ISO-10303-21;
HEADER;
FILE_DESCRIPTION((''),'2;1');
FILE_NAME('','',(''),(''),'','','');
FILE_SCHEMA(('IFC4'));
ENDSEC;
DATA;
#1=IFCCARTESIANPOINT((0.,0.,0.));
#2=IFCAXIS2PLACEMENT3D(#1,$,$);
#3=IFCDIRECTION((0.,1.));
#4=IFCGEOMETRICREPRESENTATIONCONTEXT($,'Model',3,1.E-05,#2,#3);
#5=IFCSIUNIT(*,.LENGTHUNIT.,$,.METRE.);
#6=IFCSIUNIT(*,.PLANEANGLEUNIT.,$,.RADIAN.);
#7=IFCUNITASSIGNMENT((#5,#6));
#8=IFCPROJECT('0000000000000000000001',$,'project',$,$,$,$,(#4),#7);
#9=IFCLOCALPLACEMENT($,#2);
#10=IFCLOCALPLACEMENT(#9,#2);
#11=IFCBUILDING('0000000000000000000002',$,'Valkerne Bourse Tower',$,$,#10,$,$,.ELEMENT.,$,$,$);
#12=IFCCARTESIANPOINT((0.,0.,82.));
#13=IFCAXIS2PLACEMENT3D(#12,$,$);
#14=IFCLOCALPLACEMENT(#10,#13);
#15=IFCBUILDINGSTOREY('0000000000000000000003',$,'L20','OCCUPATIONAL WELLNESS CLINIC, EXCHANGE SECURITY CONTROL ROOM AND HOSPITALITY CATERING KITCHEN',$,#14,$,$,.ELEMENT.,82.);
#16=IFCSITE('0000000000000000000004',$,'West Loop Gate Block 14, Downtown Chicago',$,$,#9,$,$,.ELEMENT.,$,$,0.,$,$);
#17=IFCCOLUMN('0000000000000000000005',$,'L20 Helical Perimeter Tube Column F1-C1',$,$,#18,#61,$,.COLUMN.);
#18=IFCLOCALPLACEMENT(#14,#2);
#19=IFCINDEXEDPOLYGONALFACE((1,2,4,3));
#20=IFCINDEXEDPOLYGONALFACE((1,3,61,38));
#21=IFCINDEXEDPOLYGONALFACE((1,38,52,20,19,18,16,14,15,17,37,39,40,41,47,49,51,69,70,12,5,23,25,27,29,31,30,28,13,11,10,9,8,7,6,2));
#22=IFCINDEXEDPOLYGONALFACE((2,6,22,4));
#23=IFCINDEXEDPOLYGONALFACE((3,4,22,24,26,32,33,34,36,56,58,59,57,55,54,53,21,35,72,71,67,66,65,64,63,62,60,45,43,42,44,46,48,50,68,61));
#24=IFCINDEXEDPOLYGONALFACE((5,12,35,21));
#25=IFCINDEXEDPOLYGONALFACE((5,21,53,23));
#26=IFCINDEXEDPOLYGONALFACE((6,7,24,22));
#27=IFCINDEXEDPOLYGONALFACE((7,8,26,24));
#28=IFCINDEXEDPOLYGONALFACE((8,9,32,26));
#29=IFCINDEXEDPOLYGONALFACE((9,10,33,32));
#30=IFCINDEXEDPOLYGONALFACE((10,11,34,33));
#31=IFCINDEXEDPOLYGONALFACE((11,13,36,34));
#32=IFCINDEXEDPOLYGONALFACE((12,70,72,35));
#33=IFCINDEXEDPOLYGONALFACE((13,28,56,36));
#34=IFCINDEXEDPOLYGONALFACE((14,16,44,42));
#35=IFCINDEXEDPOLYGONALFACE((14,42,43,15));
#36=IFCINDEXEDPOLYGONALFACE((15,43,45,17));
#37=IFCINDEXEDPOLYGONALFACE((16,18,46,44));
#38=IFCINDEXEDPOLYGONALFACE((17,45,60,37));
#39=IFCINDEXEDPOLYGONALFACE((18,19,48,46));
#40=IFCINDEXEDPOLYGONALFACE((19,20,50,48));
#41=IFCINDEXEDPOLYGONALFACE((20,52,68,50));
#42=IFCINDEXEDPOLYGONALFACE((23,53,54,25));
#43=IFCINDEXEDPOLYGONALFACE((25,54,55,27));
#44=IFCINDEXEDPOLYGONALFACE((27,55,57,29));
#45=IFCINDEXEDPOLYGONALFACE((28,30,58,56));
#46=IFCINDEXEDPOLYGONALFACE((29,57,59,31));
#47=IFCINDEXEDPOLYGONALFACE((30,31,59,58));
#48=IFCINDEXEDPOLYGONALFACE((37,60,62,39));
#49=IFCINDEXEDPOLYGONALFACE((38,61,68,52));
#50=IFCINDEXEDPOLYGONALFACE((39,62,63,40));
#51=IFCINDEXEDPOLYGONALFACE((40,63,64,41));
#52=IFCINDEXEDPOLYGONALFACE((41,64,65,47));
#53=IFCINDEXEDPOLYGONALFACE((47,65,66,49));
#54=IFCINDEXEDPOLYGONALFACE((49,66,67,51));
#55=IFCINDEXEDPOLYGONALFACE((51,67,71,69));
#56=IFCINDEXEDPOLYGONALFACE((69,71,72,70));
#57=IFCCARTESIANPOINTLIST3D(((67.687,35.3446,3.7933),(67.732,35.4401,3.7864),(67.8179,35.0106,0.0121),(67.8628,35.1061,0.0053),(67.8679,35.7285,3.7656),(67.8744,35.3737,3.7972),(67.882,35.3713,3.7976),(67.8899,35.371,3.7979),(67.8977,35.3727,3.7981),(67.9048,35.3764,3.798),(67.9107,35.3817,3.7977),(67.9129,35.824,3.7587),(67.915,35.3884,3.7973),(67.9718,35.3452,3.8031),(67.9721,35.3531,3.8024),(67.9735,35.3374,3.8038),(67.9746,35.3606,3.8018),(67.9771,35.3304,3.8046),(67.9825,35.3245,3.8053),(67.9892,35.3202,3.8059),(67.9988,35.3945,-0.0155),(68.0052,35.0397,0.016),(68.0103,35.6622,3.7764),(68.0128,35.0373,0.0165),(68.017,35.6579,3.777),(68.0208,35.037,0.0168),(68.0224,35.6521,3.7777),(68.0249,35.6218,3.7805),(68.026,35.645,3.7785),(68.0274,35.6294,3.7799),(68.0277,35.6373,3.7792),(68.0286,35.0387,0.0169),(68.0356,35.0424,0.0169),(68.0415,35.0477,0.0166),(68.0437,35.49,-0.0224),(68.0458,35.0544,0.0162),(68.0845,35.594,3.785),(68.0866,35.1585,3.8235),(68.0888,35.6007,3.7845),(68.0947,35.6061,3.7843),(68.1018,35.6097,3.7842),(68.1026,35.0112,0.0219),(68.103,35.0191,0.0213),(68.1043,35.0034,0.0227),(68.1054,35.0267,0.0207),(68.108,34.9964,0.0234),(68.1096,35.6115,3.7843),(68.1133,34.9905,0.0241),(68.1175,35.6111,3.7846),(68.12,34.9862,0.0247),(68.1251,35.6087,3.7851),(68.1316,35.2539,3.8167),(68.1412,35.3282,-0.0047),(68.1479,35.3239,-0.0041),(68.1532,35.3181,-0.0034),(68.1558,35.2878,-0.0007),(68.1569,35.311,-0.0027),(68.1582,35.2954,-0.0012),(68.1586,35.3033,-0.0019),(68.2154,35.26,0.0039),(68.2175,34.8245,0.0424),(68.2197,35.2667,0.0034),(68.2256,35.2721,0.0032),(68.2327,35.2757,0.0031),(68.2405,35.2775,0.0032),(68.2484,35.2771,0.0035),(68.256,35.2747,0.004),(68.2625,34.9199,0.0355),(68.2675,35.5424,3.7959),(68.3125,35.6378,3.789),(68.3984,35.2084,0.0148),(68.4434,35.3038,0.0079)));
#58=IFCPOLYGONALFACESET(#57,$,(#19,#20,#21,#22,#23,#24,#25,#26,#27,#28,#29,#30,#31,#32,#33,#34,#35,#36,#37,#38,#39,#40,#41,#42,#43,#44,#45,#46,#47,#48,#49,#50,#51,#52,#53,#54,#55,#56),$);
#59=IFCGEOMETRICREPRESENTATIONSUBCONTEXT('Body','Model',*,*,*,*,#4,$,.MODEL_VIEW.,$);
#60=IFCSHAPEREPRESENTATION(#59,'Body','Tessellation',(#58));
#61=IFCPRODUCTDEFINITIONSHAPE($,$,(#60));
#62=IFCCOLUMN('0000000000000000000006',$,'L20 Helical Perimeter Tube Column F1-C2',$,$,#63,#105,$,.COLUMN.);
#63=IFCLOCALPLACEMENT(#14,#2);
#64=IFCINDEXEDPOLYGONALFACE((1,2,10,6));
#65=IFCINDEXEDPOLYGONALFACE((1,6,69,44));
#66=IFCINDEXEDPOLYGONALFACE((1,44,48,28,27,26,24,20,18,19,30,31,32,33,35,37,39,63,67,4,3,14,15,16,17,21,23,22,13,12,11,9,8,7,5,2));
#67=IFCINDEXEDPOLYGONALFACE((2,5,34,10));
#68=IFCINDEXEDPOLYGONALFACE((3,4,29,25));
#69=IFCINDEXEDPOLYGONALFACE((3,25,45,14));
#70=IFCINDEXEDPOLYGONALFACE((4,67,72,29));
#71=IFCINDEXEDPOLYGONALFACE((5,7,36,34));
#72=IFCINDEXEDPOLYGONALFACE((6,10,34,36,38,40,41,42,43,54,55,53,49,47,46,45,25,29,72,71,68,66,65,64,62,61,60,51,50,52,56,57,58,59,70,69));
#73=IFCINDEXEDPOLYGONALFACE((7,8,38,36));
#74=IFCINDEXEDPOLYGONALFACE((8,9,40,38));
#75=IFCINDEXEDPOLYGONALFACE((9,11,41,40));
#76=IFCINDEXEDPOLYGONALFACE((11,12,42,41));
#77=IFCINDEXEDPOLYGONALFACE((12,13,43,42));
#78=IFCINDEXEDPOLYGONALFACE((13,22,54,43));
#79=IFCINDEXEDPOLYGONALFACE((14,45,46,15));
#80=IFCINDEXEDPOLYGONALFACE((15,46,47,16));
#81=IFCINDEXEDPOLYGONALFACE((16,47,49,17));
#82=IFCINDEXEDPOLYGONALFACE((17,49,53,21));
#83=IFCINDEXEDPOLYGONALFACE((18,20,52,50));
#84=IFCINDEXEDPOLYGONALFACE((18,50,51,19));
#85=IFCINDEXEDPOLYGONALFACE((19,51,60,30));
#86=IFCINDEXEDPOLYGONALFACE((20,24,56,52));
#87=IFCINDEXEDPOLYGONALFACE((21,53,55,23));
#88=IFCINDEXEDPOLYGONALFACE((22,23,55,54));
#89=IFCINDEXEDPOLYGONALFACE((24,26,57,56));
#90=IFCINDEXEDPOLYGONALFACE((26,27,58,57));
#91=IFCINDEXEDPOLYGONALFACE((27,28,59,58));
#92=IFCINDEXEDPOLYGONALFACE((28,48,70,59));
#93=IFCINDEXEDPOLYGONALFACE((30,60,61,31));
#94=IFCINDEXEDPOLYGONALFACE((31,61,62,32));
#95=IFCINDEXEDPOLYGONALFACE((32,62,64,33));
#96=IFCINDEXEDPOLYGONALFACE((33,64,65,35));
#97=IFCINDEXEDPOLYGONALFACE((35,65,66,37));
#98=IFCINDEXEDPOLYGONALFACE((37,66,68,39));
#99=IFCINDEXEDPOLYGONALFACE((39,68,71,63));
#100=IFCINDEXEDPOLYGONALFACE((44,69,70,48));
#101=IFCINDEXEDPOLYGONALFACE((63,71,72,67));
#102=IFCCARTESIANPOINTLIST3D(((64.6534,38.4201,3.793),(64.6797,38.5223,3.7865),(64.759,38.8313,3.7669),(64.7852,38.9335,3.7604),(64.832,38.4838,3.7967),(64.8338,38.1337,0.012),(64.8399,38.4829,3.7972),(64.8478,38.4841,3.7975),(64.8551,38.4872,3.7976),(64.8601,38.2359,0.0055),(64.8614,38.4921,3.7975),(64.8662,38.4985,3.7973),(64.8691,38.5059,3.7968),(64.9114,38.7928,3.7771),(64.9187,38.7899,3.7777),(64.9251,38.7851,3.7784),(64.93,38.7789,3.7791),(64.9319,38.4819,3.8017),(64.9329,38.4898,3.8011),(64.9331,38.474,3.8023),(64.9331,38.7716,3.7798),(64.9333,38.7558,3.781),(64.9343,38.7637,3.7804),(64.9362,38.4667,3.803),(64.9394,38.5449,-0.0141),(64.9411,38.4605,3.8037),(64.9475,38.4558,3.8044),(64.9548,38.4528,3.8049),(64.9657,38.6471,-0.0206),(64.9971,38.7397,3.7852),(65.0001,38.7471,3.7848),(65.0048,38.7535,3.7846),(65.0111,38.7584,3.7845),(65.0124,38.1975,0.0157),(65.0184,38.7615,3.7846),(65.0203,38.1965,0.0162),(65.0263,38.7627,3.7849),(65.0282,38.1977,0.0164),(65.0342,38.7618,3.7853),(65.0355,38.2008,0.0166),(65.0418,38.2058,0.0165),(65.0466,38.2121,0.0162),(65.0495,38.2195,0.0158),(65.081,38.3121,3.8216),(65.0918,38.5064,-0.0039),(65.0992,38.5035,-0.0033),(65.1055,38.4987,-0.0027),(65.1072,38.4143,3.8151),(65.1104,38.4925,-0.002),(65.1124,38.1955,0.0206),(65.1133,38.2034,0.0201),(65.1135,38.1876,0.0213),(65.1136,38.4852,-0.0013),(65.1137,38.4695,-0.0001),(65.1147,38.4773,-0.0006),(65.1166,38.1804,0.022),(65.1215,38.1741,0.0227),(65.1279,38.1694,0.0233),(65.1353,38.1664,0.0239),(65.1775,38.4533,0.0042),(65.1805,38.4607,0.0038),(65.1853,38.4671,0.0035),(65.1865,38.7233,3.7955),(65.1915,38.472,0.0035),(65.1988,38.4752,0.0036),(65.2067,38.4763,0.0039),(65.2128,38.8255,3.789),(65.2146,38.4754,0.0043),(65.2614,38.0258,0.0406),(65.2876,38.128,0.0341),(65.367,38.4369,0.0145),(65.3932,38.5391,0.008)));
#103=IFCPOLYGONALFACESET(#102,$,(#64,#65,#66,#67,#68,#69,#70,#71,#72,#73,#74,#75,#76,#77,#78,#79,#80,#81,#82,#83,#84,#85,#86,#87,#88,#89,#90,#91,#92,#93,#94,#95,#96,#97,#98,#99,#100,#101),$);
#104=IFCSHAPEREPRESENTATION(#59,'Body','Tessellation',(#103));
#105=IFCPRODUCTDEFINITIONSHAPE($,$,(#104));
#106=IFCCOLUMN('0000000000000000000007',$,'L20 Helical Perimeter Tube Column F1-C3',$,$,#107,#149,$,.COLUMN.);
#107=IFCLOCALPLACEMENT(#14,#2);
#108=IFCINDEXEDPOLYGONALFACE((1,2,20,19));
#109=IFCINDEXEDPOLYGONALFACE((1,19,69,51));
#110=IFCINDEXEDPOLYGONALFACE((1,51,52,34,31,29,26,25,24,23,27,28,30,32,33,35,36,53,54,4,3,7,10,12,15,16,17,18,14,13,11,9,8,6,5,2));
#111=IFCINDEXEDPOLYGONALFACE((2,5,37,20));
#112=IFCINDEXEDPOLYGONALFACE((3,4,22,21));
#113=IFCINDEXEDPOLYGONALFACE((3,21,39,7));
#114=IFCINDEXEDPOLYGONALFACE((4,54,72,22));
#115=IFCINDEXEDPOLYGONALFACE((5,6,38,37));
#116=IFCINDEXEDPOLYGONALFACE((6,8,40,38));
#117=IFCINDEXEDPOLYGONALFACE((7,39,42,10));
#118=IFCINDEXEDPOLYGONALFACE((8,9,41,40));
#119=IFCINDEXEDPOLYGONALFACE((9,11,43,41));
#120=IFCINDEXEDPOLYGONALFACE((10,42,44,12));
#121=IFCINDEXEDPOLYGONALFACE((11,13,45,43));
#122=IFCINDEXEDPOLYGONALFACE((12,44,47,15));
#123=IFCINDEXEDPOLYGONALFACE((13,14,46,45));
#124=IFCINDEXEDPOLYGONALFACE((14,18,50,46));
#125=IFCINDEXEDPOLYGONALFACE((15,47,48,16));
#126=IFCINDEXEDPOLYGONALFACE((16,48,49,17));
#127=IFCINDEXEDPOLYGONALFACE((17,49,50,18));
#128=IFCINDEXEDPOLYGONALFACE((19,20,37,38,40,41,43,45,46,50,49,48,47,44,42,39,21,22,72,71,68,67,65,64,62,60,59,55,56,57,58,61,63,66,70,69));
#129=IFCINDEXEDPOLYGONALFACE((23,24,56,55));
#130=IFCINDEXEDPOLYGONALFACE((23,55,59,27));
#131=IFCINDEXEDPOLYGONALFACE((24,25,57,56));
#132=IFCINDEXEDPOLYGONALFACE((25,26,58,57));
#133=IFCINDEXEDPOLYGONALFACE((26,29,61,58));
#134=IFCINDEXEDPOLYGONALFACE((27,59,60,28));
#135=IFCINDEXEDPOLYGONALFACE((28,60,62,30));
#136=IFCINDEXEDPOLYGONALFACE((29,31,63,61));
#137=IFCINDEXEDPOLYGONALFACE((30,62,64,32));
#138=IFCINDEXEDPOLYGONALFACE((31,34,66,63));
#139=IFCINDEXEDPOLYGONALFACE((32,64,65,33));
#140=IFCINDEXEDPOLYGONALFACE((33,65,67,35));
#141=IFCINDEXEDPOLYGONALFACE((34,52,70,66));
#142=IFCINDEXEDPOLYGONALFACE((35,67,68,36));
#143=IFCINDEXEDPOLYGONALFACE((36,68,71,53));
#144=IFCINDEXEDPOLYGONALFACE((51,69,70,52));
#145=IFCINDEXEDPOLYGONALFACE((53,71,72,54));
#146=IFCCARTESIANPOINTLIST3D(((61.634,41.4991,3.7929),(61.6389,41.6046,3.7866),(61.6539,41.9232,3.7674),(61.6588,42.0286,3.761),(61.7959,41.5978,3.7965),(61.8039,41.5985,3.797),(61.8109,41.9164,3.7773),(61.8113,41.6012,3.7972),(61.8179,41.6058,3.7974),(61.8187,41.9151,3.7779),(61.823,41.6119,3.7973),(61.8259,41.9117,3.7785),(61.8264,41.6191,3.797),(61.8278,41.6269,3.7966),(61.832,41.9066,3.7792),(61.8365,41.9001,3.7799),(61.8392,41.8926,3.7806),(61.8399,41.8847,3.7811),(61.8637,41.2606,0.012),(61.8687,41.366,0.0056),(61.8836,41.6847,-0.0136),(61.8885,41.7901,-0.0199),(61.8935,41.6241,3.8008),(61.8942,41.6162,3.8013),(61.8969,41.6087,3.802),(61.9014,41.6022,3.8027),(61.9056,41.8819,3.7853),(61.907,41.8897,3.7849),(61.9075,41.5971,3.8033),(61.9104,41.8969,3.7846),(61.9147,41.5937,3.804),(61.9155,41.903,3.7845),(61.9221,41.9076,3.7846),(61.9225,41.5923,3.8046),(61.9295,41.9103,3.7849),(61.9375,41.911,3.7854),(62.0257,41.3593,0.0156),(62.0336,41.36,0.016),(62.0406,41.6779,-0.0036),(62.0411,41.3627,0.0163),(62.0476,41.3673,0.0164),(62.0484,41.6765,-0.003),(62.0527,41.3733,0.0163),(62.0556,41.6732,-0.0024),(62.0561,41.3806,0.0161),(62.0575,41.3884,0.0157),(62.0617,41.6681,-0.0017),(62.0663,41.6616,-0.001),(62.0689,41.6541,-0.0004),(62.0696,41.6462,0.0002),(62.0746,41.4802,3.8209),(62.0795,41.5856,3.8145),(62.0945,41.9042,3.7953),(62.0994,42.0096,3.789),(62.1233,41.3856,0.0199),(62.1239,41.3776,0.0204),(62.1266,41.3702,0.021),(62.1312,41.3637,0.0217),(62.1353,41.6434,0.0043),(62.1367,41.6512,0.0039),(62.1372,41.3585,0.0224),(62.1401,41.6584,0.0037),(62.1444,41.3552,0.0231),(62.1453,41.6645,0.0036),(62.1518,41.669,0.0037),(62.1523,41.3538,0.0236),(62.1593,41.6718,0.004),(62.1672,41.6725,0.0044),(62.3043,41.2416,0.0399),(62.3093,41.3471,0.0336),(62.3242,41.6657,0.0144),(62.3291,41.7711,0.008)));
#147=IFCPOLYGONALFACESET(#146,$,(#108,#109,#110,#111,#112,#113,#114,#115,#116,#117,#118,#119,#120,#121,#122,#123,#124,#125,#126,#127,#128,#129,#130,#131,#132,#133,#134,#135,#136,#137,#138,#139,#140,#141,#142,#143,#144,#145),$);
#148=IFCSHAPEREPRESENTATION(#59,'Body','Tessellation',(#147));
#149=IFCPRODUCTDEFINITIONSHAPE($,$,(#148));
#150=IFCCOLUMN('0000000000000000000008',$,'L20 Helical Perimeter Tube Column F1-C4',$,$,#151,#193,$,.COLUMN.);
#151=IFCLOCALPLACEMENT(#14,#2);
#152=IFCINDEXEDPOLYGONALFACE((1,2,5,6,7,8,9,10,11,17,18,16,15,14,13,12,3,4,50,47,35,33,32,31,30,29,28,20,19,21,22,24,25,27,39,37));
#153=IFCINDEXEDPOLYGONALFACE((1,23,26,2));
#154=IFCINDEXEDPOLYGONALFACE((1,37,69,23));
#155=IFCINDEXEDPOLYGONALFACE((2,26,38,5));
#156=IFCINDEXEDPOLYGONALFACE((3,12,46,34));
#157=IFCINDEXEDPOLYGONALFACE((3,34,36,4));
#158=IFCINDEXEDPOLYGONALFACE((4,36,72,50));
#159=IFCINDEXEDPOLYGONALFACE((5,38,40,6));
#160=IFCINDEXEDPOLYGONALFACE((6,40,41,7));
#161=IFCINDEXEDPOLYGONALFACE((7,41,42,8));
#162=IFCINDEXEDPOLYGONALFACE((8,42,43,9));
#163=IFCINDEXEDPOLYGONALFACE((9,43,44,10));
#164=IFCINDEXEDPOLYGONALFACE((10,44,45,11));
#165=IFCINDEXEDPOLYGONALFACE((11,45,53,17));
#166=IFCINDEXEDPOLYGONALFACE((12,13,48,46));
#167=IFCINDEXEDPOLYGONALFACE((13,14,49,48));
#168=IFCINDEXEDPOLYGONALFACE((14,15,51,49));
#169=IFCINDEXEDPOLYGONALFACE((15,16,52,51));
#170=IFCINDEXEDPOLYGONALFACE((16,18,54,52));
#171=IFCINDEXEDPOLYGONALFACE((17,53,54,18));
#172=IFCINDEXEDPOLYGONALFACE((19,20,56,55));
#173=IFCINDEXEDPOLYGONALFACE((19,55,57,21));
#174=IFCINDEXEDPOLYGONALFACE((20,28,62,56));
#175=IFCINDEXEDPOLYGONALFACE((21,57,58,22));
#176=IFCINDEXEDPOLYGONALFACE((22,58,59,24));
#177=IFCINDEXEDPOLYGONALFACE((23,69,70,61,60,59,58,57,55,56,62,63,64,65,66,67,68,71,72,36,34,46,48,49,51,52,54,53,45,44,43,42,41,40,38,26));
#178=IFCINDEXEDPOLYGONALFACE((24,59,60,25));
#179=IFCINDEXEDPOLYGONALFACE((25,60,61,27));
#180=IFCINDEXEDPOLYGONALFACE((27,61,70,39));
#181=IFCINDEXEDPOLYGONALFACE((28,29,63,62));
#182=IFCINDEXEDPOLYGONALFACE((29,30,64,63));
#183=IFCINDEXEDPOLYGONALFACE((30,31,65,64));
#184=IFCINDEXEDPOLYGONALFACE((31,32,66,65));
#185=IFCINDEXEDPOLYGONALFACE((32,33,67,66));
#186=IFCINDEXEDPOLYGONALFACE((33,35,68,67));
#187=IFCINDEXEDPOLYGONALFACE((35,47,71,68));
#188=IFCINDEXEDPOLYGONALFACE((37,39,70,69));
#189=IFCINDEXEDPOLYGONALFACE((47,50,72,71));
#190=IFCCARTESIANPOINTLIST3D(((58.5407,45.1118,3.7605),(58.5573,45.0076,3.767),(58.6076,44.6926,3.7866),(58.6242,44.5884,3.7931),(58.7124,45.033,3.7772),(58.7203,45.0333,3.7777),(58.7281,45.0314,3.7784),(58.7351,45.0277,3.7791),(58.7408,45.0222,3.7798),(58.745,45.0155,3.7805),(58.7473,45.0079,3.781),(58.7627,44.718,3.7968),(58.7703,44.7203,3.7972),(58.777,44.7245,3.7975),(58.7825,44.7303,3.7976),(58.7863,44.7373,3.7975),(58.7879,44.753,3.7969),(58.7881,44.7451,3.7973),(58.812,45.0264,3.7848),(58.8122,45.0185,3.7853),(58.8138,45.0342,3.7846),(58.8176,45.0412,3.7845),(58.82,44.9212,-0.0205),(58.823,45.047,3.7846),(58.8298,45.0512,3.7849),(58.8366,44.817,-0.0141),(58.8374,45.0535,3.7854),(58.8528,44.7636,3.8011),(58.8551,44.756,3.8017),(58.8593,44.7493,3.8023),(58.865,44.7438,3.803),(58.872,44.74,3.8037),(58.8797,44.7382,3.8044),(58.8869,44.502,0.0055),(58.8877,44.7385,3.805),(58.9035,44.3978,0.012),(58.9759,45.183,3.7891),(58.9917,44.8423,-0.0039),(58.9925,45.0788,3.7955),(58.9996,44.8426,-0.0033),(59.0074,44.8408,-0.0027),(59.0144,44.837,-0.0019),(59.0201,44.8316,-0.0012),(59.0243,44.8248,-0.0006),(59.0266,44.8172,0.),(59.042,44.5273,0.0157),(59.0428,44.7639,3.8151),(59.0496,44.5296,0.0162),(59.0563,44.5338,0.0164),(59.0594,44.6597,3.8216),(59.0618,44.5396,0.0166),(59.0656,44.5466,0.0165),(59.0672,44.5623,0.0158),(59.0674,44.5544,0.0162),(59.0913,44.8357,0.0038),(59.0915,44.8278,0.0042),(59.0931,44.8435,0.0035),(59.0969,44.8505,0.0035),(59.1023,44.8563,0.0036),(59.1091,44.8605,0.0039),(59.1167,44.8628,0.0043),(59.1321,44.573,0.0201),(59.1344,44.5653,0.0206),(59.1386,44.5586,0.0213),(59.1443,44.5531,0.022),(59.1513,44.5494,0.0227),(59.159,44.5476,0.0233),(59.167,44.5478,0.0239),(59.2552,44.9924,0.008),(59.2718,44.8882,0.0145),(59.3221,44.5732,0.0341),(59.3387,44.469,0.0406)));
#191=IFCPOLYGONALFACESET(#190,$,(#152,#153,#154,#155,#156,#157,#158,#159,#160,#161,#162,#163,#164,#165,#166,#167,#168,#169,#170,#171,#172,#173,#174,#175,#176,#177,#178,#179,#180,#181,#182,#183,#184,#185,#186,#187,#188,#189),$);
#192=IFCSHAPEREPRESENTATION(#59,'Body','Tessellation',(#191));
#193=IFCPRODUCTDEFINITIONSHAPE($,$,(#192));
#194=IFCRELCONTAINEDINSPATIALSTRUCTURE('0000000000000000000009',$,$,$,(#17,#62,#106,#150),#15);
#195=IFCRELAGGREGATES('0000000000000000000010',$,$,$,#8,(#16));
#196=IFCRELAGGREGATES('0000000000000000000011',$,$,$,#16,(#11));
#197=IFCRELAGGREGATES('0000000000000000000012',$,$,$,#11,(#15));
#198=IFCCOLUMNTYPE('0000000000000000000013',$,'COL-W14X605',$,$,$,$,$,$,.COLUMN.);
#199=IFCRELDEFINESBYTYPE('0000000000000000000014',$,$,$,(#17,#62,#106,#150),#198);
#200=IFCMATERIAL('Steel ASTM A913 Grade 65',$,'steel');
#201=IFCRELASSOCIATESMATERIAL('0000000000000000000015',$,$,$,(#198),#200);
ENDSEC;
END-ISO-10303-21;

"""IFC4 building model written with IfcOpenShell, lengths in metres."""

from ifc_helpers import new_model, si_unit, direction, frame, origin, origin_2d, place, context, subcontext, project, spatial, i_section, extrude, material, material_profile, profile_set, type_object, element, save


model = new_model("IFC4")

# Units and contexts
model_context = context("Model", 3, precision=1e-05, world=origin(), true_north=direction((0.0, 1.0)))
body_context = subcontext(model_context, "Body", "Model", "MODEL_VIEW")
ifc_project = project(units=[si_unit("LENGTHUNIT", "METRE"), si_unit("PLANEANGLEUNIT", "RADIAN")], contexts=[model_context])

# Site, building, storey
site_placement = place(None, origin())
site = spatial("IfcSite", under=ifc_project, at=site_placement, Name="West Loop Gate Block 14, Downtown Chicago", CompositionType="ELEMENT", RefElevation=0.0)
building_placement = place(site_placement, origin())
building = spatial("IfcBuilding", under=site, at=building_placement, Name="Valkerne Bourse Tower", CompositionType="ELEMENT")
storey_placement = place(building_placement, frame((0.0, 0.0, 82.0)))
storey = spatial("IfcBuildingStorey", under=building, at=storey_placement, Name="L20", Description="OCCUPATIONAL WELLNESS CLINIC, EXCHANGE SECURITY CONTROL ROOM AND HOSPITALITY CATERING KITCHEN", CompositionType="ELEMENT", Elevation=82.0)

# Columns
ifc_material_1 = material(Name="Steel ASTM A913 Grade 65", Category="steel")
ifc_material_profile_1 = material_profile(ifc_material_1, i_section(OverallWidth=0.4419, OverallDepth=0.531, WebThickness=0.0659, FlangeThickness=0.1057, FilletRadius=0.0305, at=origin_2d()), Name="W14X605")
ifc_profile_set_1 = profile_set([ifc_material_profile_1], Name="Steel ASTM A913 Grade 65")
column_type = type_object("IfcColumnType", Name="COL-W14X605", PredefinedType="COLUMN", material=ifc_profile_set_1)
column_1_placement = place(storey_placement, frame((68.1306, 35.1572, 0.01), z_axis=(-0.034455, 0.087937, 0.99553), x_axis=(0.904355, -0.421245, 0.068509)))
element("IfcColumn", 1, at=column_1_placement, inside=storey, type_object=column_type, Name="L20 Helical Perimeter Tube Column F1-C1", PredefinedType="COLUMN", context=body_context, shape_type="SweptSolid", body=[
    extrude(i_section(OverallWidth=0.4419, OverallDepth=0.531, WebThickness=0.0659, FlangeThickness=0.1057, FilletRadius=0.0305, at=origin_2d()), origin(), (0.0, 0.0, 1.0), 3.7981),
])
column_2_placement = place(storey_placement, frame((65.1135, 38.3364, 0.01), z_axis=(-0.047527, 0.075439, 0.996017), x_axis=(0.967524, -0.244364, 0.064676)))
element("IfcColumn", 2, at=column_2_placement, inside=storey, type_object=column_type, Name="L20 Helical Perimeter Tube Column F1-C2", PredefinedType="COLUMN", context=body_context, shape_type="SweptSolid", body=[
    extrude(i_section(OverallWidth=0.4419, OverallDepth=0.531, WebThickness=0.0659, FlangeThickness=0.1057, FilletRadius=0.0305, at=origin_2d()), origin(), (0.0, 0.0, 1.0), 3.7961),
])
column_3_placement = place(storey_placement, frame((62.0964, 41.5159, 0.01), z_axis=(-0.060529, 0.062845, 0.996186), x_axis=(0.997071, -0.04294, 0.063292)))
element("IfcColumn", 3, at=column_3_placement, inside=storey, type_object=column_type, Name="L20 Helical Perimeter Tube Column F1-C3", PredefinedType="COLUMN", context=body_context, shape_type="SweptSolid", body=[
    extrude(i_section(OverallWidth=0.4419, OverallDepth=0.531, WebThickness=0.0659, FlangeThickness=0.1057, FilletRadius=0.0305, at=origin_2d()), origin(), (0.0, 0.0, 1.0), 3.7954),
])
column_4_placement = place(storey_placement, frame((59.0793, 44.6951, 0.01), z_axis=(-0.073575, 0.050229, 0.996024), x_axis=(0.984813, 0.161145, 0.06462)))
element("IfcColumn", 4, at=column_4_placement, inside=storey, type_object=column_type, Name="L20 Helical Perimeter Tube Column F1-C4", PredefinedType="COLUMN", context=body_context, shape_type="SweptSolid", body=[
    extrude(i_section(OverallWidth=0.4419, OverallDepth=0.531, WebThickness=0.0659, FlangeThickness=0.1057, FilletRadius=0.0305, at=origin_2d()), origin(), (0.0, 0.0, 1.0), 3.7961),
])

save(model, "model.ifc")
